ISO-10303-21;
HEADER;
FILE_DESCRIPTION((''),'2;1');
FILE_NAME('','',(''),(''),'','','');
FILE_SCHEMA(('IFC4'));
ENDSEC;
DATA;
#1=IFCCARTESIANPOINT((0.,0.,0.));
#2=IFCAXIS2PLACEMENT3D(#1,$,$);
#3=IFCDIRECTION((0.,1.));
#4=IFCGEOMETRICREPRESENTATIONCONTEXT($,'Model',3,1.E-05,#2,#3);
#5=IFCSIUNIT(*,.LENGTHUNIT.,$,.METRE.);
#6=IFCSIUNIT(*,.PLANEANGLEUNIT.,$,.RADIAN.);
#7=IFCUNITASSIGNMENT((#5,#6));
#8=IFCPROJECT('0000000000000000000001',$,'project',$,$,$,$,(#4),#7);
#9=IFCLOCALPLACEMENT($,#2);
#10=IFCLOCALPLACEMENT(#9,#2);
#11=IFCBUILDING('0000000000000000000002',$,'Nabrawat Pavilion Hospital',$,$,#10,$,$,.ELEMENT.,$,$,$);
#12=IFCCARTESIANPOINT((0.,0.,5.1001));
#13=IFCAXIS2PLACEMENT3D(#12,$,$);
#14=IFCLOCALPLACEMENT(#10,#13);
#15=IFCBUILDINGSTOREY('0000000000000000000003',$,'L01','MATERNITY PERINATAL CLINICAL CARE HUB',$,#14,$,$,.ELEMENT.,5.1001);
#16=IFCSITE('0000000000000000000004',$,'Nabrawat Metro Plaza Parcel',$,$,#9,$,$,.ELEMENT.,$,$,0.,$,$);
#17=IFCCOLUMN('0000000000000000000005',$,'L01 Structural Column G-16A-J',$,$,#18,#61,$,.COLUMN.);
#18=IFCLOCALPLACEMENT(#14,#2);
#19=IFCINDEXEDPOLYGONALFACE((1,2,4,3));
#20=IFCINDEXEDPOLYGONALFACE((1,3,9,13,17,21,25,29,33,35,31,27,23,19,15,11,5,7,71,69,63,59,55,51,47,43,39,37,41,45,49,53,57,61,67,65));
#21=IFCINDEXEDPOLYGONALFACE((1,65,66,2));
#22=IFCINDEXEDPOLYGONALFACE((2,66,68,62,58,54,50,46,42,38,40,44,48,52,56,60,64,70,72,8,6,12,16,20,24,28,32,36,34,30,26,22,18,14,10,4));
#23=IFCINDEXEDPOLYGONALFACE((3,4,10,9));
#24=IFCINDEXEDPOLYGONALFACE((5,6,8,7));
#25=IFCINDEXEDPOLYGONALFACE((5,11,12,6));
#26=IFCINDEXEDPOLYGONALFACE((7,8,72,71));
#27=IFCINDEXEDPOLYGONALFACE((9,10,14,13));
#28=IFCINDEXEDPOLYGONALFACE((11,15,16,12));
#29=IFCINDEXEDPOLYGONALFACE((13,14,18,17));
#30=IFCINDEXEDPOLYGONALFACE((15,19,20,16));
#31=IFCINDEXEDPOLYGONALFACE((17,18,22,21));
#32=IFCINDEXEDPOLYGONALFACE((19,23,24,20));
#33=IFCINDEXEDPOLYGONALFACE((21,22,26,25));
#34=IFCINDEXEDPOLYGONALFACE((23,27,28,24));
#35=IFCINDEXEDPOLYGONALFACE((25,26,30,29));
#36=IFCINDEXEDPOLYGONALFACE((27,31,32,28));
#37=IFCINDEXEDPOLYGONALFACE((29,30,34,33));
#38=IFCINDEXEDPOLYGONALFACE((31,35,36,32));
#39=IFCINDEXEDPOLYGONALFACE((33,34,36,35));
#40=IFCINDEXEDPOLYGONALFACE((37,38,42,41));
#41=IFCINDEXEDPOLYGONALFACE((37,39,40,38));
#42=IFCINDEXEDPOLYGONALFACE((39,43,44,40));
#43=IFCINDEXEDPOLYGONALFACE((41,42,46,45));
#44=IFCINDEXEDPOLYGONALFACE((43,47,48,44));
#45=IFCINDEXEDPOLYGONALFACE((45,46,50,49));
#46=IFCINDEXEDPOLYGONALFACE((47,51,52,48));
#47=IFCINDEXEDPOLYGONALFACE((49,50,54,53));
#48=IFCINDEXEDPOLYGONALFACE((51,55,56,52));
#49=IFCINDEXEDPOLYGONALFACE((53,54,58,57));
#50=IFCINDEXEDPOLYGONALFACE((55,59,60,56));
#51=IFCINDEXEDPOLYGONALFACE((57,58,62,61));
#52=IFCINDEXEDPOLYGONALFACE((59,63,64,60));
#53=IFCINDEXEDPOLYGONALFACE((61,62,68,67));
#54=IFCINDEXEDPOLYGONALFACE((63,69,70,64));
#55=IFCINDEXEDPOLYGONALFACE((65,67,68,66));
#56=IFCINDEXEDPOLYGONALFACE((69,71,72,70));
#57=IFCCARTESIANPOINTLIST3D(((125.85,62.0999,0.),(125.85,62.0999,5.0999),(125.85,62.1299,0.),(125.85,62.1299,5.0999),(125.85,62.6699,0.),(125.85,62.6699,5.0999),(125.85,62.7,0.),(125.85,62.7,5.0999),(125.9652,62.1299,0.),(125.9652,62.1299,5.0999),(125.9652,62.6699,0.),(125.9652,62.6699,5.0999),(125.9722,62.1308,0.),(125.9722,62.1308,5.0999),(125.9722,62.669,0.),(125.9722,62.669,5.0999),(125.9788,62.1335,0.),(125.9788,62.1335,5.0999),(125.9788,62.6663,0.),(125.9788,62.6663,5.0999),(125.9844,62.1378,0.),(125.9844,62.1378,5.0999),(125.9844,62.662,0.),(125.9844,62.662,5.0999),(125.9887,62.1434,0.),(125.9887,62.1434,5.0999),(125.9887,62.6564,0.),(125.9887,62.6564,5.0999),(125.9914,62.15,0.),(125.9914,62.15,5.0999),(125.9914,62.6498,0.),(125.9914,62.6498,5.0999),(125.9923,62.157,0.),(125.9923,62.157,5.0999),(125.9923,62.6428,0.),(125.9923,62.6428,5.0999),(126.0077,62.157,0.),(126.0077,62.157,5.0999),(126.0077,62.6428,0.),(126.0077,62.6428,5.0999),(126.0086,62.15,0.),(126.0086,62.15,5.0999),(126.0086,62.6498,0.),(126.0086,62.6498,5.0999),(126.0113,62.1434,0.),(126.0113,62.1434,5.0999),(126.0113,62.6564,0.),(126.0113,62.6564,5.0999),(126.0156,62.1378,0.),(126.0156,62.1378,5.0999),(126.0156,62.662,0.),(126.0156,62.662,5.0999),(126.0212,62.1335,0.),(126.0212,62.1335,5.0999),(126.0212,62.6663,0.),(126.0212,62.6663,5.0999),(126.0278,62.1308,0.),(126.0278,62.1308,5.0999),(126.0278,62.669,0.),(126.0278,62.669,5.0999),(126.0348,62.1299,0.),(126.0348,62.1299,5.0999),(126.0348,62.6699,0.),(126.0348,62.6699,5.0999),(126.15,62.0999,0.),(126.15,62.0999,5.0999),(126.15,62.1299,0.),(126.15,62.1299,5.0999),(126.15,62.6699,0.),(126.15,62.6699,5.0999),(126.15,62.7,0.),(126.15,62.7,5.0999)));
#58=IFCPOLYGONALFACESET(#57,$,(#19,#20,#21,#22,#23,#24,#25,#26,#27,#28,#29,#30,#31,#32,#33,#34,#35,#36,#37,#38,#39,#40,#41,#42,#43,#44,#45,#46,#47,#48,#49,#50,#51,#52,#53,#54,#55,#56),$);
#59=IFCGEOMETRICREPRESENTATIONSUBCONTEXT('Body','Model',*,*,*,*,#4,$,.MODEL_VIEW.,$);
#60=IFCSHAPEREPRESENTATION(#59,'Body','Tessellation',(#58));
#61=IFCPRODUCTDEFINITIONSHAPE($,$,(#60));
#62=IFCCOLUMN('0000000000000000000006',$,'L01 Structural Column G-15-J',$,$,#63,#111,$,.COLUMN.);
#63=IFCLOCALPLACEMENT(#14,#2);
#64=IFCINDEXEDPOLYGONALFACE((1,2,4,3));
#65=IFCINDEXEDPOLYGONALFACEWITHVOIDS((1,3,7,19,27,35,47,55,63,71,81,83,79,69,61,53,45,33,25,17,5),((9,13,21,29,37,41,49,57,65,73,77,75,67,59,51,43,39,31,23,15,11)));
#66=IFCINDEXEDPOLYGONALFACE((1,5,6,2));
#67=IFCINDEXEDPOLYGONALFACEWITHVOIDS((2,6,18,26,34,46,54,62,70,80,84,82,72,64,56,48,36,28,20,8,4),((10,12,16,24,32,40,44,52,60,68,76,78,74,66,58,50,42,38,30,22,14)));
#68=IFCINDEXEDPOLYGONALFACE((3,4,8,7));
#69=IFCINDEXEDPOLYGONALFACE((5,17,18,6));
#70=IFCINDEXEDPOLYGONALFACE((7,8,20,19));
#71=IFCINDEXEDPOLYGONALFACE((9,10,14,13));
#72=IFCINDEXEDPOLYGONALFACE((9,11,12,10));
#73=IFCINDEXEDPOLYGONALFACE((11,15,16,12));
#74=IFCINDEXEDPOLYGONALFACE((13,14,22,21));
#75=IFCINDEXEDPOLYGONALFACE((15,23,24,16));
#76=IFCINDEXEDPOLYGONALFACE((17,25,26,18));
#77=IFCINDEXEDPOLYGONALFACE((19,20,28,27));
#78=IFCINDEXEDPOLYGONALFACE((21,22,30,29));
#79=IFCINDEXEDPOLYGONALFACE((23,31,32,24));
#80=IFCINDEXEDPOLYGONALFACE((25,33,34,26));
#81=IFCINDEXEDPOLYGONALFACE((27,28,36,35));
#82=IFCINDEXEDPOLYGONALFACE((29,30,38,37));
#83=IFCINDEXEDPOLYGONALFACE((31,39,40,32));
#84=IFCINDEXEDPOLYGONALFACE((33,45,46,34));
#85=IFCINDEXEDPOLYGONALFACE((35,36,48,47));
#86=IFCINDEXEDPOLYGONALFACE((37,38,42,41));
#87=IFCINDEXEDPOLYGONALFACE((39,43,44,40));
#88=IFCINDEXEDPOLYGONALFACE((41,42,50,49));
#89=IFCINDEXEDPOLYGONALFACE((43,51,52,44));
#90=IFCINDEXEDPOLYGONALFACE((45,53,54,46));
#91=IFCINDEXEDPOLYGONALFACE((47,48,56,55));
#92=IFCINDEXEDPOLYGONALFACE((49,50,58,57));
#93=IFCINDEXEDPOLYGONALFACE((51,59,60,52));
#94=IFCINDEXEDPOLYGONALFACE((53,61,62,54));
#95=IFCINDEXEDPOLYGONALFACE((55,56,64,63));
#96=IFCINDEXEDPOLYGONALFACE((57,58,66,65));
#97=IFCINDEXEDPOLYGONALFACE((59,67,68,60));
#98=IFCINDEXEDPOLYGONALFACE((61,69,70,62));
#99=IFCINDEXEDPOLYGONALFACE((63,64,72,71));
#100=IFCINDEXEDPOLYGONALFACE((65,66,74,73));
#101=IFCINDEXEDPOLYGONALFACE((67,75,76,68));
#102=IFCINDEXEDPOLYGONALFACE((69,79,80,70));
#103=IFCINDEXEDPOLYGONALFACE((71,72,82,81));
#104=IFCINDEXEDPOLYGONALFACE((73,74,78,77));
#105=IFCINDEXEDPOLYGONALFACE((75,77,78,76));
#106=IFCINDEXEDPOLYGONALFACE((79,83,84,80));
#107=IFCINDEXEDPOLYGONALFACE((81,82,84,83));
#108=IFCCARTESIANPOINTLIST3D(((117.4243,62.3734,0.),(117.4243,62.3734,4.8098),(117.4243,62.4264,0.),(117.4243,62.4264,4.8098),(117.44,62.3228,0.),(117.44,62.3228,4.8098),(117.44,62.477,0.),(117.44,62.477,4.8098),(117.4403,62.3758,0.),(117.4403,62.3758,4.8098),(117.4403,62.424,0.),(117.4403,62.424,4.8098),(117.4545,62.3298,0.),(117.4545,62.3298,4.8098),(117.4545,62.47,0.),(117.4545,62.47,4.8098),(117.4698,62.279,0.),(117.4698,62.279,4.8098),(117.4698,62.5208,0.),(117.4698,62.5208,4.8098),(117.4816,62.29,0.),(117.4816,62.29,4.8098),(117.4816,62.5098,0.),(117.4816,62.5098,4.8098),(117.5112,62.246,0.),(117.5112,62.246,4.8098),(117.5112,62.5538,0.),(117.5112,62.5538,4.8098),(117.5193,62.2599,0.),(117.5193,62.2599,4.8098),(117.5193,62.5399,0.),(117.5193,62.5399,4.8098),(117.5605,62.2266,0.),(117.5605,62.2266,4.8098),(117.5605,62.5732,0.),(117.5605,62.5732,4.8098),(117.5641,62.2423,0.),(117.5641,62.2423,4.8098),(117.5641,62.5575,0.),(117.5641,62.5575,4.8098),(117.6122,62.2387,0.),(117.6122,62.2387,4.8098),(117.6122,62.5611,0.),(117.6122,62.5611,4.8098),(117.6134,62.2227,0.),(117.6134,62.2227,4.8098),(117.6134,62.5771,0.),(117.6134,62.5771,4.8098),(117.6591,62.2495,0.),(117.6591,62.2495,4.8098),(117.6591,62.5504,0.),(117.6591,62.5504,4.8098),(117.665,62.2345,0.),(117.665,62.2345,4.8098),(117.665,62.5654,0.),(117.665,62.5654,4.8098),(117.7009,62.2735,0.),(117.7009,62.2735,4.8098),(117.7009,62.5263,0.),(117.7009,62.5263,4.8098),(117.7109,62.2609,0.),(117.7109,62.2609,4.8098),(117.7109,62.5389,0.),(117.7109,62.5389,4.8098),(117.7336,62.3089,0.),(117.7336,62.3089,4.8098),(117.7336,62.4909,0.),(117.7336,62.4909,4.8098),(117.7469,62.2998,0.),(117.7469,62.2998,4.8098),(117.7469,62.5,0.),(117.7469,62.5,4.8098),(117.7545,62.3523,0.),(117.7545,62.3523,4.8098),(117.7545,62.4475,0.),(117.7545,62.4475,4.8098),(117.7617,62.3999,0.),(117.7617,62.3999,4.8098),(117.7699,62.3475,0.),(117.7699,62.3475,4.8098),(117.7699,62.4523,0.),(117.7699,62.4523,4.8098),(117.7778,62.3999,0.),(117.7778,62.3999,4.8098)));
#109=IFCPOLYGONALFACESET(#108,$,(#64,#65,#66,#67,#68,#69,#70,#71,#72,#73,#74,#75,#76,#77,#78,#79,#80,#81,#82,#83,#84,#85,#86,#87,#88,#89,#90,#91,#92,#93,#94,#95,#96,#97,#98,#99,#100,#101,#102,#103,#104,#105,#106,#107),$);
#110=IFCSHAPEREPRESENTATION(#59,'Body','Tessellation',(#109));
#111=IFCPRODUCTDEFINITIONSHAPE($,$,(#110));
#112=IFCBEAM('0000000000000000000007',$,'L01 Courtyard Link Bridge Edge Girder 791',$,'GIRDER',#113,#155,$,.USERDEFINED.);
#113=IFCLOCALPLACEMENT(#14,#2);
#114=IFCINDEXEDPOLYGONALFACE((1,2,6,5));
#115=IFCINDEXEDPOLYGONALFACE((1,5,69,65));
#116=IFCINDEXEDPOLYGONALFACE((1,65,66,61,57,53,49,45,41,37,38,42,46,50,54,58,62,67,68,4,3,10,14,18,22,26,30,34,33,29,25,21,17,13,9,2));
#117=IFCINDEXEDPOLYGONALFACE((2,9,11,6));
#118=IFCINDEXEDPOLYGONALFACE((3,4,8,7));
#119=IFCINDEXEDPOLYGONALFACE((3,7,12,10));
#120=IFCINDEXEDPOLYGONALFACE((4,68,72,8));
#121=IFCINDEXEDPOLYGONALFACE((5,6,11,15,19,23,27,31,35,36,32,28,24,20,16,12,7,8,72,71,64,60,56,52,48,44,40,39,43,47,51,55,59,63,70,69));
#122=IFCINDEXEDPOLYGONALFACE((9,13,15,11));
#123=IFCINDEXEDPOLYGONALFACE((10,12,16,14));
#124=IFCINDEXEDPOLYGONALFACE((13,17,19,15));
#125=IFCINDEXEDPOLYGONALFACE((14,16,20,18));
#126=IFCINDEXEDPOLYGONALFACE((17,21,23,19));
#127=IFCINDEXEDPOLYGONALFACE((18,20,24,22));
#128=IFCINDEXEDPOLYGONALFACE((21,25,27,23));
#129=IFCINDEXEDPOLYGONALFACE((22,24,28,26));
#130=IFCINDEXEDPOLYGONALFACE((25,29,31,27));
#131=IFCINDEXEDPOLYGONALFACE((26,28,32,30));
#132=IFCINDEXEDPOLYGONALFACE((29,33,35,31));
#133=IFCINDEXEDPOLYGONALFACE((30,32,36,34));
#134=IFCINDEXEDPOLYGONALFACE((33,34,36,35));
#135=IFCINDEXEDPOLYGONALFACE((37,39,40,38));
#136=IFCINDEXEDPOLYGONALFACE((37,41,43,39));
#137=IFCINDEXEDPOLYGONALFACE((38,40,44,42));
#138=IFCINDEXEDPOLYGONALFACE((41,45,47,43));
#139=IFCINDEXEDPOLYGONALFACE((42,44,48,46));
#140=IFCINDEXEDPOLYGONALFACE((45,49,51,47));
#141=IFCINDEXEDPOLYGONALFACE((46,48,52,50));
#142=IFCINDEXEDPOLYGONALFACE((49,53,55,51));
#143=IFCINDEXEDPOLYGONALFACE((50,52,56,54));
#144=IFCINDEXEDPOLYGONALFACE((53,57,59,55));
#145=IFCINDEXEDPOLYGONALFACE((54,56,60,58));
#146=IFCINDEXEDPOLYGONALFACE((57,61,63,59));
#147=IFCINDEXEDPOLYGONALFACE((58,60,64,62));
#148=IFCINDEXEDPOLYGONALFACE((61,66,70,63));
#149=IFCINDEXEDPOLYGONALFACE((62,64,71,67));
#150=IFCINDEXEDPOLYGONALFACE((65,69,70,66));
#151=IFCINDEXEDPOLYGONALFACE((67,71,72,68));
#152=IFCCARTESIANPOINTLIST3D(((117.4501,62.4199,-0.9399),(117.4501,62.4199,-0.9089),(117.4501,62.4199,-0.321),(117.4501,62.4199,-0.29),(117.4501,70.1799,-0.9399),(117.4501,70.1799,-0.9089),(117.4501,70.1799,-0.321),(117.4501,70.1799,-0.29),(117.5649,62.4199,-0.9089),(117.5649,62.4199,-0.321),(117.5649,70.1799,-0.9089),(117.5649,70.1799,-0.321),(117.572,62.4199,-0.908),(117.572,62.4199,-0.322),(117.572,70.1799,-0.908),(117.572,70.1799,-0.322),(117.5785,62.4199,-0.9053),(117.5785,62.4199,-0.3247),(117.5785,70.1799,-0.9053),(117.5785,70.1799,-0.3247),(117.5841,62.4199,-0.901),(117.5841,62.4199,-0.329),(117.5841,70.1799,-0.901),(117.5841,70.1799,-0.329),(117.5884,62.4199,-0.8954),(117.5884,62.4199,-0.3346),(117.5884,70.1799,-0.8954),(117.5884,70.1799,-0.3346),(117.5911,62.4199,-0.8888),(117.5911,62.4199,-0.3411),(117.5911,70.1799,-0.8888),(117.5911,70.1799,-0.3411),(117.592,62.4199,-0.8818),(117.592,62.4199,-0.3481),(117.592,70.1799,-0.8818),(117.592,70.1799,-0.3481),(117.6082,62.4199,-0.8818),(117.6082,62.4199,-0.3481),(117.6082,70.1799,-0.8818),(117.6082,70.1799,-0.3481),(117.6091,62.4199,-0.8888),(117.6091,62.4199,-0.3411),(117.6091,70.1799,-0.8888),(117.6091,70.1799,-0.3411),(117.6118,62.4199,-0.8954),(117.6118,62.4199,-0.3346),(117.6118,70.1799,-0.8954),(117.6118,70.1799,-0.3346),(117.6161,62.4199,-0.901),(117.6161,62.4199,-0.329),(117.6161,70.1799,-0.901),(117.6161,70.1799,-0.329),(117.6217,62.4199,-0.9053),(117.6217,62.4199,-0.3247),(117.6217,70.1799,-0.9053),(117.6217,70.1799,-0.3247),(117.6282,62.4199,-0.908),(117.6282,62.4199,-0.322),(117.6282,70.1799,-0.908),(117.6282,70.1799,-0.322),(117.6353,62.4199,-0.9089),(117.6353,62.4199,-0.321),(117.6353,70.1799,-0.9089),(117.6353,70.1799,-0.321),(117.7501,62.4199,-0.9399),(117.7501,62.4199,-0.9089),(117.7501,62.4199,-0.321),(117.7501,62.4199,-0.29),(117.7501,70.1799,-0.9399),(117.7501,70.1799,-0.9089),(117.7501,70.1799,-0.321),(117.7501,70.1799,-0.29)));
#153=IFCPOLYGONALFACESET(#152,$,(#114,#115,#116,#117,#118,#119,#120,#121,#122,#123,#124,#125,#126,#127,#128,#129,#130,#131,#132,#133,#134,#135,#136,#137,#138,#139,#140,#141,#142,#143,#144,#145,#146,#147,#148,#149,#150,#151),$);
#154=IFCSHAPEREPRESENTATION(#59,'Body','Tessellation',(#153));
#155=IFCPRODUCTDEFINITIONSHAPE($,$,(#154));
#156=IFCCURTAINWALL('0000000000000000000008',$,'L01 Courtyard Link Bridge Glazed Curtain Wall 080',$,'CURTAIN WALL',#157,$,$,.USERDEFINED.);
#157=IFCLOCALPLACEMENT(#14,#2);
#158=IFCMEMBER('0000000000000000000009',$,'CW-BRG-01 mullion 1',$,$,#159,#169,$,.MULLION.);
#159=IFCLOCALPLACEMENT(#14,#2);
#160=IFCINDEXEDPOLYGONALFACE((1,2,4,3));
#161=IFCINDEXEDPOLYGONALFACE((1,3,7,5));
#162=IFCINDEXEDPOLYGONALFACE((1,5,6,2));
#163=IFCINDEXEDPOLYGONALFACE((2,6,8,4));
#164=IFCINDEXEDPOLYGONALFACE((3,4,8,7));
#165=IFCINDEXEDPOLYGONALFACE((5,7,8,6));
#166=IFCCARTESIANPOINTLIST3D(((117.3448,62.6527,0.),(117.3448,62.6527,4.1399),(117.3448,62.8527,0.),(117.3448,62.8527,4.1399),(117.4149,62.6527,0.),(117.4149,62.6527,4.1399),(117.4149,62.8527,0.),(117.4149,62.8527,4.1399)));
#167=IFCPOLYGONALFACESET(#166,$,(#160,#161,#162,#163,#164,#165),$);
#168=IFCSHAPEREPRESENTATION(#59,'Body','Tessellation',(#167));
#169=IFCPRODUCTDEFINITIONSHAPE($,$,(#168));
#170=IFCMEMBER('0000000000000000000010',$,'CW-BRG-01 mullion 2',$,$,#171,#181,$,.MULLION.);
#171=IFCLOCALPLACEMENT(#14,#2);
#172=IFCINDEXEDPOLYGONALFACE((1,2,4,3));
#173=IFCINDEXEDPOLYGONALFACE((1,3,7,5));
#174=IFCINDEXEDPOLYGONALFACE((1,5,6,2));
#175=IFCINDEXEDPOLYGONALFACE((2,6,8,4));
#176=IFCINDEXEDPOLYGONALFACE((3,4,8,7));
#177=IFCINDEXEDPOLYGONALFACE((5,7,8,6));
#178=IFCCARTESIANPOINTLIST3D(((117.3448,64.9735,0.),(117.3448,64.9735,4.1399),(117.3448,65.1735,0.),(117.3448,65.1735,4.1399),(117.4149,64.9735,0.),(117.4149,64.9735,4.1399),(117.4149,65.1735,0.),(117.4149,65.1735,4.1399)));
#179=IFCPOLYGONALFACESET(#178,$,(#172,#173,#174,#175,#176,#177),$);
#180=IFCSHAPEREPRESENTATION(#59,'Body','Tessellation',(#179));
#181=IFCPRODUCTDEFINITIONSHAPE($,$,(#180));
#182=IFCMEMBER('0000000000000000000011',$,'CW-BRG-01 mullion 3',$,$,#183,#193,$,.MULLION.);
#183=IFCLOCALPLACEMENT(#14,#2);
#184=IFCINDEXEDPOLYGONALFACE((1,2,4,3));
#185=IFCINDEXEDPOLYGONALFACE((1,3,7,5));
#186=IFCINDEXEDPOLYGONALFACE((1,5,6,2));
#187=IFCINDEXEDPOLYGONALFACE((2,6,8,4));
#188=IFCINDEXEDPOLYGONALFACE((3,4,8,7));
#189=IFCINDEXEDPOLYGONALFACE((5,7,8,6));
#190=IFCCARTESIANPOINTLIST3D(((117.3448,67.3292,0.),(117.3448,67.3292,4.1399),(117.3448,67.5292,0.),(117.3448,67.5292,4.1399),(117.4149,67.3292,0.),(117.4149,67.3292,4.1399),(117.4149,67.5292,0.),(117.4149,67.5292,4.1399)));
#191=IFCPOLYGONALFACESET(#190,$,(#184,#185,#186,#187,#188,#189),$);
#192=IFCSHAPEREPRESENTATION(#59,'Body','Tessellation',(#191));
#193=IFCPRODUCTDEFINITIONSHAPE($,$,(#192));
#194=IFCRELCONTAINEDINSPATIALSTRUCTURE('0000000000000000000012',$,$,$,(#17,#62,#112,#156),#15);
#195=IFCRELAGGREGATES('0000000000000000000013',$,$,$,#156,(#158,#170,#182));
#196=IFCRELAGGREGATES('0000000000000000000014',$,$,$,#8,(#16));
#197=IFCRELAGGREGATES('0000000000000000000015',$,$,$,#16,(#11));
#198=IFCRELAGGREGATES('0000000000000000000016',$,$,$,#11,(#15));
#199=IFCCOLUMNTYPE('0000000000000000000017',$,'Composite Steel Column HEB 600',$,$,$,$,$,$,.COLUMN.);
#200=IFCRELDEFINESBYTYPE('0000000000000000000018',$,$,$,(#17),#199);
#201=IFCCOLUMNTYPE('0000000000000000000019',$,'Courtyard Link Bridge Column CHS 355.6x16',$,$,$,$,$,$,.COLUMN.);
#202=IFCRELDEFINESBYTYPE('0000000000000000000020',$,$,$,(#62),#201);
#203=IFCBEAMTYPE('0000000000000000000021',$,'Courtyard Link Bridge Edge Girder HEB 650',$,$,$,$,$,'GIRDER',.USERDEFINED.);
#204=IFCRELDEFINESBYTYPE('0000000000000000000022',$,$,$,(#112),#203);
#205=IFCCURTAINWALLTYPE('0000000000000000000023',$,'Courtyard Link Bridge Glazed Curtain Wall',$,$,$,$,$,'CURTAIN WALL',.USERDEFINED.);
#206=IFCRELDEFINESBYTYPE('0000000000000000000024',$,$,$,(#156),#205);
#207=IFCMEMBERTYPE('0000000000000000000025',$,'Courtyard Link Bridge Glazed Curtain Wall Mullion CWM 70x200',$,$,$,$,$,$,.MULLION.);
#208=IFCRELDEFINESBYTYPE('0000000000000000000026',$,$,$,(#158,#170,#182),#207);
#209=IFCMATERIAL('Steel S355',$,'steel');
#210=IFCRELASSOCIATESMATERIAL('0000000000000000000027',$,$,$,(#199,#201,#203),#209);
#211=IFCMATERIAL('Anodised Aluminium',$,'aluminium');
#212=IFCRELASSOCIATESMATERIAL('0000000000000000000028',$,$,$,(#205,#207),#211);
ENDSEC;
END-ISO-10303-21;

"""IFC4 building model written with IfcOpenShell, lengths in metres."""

from ifc_helpers import new_model, si_unit, direction, frame, origin, origin_2d, place, context, subcontext, project, spatial, rectangle, hollow_circle, i_section, extrude, material, material_profile, profile_set, type_object, element, aggregate, save


model = new_model("IFC4")

# Units and contexts
model_context = context("Model", 3, precision=1e-05, world=origin(), true_north=direction((0.0, 1.0)))
body_context = subcontext(model_context, "Body", "Model", "MODEL_VIEW")
ifc_project = project(units=[si_unit("LENGTHUNIT", "METRE"), si_unit("PLANEANGLEUNIT", "RADIAN")], contexts=[model_context])

# Site, building, storey
site_placement = place(None, origin())
site = spatial("IfcSite", under=ifc_project, at=site_placement, Name="Nabrawat Metro Plaza Parcel", CompositionType="ELEMENT", RefElevation=0.0)
building_placement = place(site_placement, origin())
building = spatial("IfcBuilding", under=site, at=building_placement, Name="Nabrawat Pavilion Hospital", CompositionType="ELEMENT")
storey_placement = place(building_placement, frame((0.0, 0.0, 5.1001)))
storey = spatial("IfcBuildingStorey", under=building, at=storey_placement, Name="L01", Description="MATERNITY PERINATAL CLINICAL CARE HUB", CompositionType="ELEMENT", Elevation=5.1001)

# Columns
ifc_material_1 = material(Name="Steel S355", Category="steel")
ifc_material_profile_1 = material_profile(ifc_material_1, i_section(OverallWidth=0.3, OverallDepth=0.6001, WebThickness=0.0154, FlangeThickness=0.03, FilletRadius=0.0271, at=origin_2d()), Name="HEB 600")
ifc_profile_set_1 = profile_set([ifc_material_profile_1], Name="Steel S355")
column_type_1 = type_object("IfcColumnType", Name="Composite Steel Column HEB 600", PredefinedType="COLUMN", material=ifc_profile_set_1)
column_1_placement = place(storey_placement, frame((126.0, 62.3999, 0.0), z_axis=(0.0, 0.0, 1.0), x_axis=(1.0, 0.0, 0.0)))
element("IfcColumn", 1, at=column_1_placement, inside=storey, type_object=column_type_1, Name="L01 Structural Column G-16A-J", PredefinedType="COLUMN", context=body_context, shape_type="SweptSolid", body=[
    extrude(i_section(OverallWidth=0.3, OverallDepth=0.6001, WebThickness=0.0154, FlangeThickness=0.03, FilletRadius=0.0271, at=origin_2d()), origin(), (0.0, 0.0, 1.0), 5.0999),
])
ifc_material_profile_2 = material_profile(ifc_material_1, hollow_circle(Radius=0.1777, WallThickness=0.0161, at=origin_2d()), Name="CHS 355.6x16")
ifc_profile_set_2 = profile_set([ifc_material_profile_2], Name="Steel S355")
column_type_2 = type_object("IfcColumnType", Name="Courtyard Link Bridge Column CHS 355.6x16", PredefinedType="COLUMN", material=ifc_profile_set_2)
column_2_placement = place(storey_placement, frame((117.6001, 62.3999, 0.0), z_axis=(0.0, 0.0, 1.0), x_axis=(1.0, 0.0, 0.0)))
element("IfcColumn", 2, at=column_2_placement, inside=storey, type_object=column_type_2, Name="L01 Structural Column G-15-J", PredefinedType="COLUMN", context=body_context, shape_type="SweptSolid", body=[
    extrude(hollow_circle(Radius=0.1777, WallThickness=0.0161, at=origin_2d()), origin(), (0.0, 0.0, 1.0), 4.8098),
])

# Beam
ifc_material_profile_3 = material_profile(ifc_material_1, i_section(OverallWidth=0.3, OverallDepth=0.6499, WebThickness=0.0161, FlangeThickness=0.031, FilletRadius=0.0271, at=origin_2d()), Name="HEB 650")
ifc_profile_set_3 = profile_set([ifc_material_profile_3], Name="Steel S355")
beam_type_1 = type_object("IfcBeamType", Name="Courtyard Link Bridge Edge Girder HEB 650", ElementType="GIRDER", PredefinedType="USERDEFINED", material=ifc_profile_set_3)
beam_1_placement = place(storey_placement, frame((117.6001, 62.4199, -0.615), z_axis=(0.0, 1.0, 0.0), x_axis=(-1.0, 0.0, 0.0)))
element("IfcBeam", 3, at=beam_1_placement, inside=storey, type_object=beam_type_1, Name="L01 Courtyard Link Bridge Edge Girder 791", ObjectType="GIRDER", PredefinedType="USERDEFINED", context=body_context, shape_type="SweptSolid", body=[
    extrude(i_section(OverallWidth=0.3, OverallDepth=0.6499, WebThickness=0.0161, FlangeThickness=0.031, FilletRadius=0.0271, at=origin_2d()), origin(), (0.0, 0.0, 1.0), 7.76),
])

# Curtain wall, members
ifc_material_2 = material(Name="Anodised Aluminium", Category="aluminium")
curtain_wall_type_1 = type_object("IfcCurtainWallType", Name="Courtyard Link Bridge Glazed Curtain Wall", ElementType="CURTAIN WALL", PredefinedType="USERDEFINED", material=ifc_material_2)
curtain_wall_1_placement = place(storey_placement, origin())
curtain_wall_1 = element("IfcCurtainWall", 4, at=curtain_wall_1_placement, inside=storey, type_object=curtain_wall_type_1, Name="L01 Courtyard Link Bridge Glazed Curtain Wall 080", ObjectType="CURTAIN WALL", PredefinedType="USERDEFINED")
ifc_material_profile_4 = material_profile(ifc_material_2, rectangle(XDim=0.0701, YDim=0.2, at=origin_2d()), Name="CWM 70x200")
ifc_profile_set_4 = profile_set([ifc_material_profile_4], Name="Anodised Aluminium")
member_type_1 = type_object("IfcMemberType", Name="Courtyard Link Bridge Glazed Curtain Wall Mullion CWM 70x200", PredefinedType="MULLION", material=ifc_profile_set_4)
member_1_placement = place(storey_placement, frame((117.3799, 62.7527, 0.0), z_axis=(0.0, 0.0, 1.0), x_axis=(-1.0, 0.0, 0.0)))
member_1 = element("IfcMember", 5, at=member_1_placement, type_object=member_type_1, Name="CW-BRG-01 mullion 1", PredefinedType="MULLION", context=body_context, shape_type="SweptSolid", body=[
    extrude(rectangle(XDim=0.0701, YDim=0.2, at=origin_2d()), origin(), (0.0, 0.0, 1.0), 4.1399),
])
member_2_placement = place(storey_placement, frame((117.3799, 65.0735, 0.0), z_axis=(0.0, 0.0, 1.0), x_axis=(-1.0, 0.0, 0.0)))
member_2 = element("IfcMember", 6, at=member_2_placement, type_object=member_type_1, Name="CW-BRG-01 mullion 2", PredefinedType="MULLION", context=body_context, shape_type="SweptSolid", body=[
    extrude(rectangle(XDim=0.0701, YDim=0.2, at=origin_2d()), origin(), (0.0, 0.0, 1.0), 4.1399),
])
member_3_placement = place(storey_placement, frame((117.3799, 67.4292, 0.0), z_axis=(0.0, 0.0, 1.0), x_axis=(-1.0, 0.0, 0.0)))
member_3 = element("IfcMember", 7, at=member_3_placement, type_object=member_type_1, Name="CW-BRG-01 mullion 3", PredefinedType="MULLION", context=body_context, shape_type="SweptSolid", body=[
    extrude(rectangle(XDim=0.0701, YDim=0.2, at=origin_2d()), origin(), (0.0, 0.0, 1.0), 4.1399),
])

aggregate(curtain_wall_1, [member_1, member_2, member_3])

save(model, "model.ifc")
